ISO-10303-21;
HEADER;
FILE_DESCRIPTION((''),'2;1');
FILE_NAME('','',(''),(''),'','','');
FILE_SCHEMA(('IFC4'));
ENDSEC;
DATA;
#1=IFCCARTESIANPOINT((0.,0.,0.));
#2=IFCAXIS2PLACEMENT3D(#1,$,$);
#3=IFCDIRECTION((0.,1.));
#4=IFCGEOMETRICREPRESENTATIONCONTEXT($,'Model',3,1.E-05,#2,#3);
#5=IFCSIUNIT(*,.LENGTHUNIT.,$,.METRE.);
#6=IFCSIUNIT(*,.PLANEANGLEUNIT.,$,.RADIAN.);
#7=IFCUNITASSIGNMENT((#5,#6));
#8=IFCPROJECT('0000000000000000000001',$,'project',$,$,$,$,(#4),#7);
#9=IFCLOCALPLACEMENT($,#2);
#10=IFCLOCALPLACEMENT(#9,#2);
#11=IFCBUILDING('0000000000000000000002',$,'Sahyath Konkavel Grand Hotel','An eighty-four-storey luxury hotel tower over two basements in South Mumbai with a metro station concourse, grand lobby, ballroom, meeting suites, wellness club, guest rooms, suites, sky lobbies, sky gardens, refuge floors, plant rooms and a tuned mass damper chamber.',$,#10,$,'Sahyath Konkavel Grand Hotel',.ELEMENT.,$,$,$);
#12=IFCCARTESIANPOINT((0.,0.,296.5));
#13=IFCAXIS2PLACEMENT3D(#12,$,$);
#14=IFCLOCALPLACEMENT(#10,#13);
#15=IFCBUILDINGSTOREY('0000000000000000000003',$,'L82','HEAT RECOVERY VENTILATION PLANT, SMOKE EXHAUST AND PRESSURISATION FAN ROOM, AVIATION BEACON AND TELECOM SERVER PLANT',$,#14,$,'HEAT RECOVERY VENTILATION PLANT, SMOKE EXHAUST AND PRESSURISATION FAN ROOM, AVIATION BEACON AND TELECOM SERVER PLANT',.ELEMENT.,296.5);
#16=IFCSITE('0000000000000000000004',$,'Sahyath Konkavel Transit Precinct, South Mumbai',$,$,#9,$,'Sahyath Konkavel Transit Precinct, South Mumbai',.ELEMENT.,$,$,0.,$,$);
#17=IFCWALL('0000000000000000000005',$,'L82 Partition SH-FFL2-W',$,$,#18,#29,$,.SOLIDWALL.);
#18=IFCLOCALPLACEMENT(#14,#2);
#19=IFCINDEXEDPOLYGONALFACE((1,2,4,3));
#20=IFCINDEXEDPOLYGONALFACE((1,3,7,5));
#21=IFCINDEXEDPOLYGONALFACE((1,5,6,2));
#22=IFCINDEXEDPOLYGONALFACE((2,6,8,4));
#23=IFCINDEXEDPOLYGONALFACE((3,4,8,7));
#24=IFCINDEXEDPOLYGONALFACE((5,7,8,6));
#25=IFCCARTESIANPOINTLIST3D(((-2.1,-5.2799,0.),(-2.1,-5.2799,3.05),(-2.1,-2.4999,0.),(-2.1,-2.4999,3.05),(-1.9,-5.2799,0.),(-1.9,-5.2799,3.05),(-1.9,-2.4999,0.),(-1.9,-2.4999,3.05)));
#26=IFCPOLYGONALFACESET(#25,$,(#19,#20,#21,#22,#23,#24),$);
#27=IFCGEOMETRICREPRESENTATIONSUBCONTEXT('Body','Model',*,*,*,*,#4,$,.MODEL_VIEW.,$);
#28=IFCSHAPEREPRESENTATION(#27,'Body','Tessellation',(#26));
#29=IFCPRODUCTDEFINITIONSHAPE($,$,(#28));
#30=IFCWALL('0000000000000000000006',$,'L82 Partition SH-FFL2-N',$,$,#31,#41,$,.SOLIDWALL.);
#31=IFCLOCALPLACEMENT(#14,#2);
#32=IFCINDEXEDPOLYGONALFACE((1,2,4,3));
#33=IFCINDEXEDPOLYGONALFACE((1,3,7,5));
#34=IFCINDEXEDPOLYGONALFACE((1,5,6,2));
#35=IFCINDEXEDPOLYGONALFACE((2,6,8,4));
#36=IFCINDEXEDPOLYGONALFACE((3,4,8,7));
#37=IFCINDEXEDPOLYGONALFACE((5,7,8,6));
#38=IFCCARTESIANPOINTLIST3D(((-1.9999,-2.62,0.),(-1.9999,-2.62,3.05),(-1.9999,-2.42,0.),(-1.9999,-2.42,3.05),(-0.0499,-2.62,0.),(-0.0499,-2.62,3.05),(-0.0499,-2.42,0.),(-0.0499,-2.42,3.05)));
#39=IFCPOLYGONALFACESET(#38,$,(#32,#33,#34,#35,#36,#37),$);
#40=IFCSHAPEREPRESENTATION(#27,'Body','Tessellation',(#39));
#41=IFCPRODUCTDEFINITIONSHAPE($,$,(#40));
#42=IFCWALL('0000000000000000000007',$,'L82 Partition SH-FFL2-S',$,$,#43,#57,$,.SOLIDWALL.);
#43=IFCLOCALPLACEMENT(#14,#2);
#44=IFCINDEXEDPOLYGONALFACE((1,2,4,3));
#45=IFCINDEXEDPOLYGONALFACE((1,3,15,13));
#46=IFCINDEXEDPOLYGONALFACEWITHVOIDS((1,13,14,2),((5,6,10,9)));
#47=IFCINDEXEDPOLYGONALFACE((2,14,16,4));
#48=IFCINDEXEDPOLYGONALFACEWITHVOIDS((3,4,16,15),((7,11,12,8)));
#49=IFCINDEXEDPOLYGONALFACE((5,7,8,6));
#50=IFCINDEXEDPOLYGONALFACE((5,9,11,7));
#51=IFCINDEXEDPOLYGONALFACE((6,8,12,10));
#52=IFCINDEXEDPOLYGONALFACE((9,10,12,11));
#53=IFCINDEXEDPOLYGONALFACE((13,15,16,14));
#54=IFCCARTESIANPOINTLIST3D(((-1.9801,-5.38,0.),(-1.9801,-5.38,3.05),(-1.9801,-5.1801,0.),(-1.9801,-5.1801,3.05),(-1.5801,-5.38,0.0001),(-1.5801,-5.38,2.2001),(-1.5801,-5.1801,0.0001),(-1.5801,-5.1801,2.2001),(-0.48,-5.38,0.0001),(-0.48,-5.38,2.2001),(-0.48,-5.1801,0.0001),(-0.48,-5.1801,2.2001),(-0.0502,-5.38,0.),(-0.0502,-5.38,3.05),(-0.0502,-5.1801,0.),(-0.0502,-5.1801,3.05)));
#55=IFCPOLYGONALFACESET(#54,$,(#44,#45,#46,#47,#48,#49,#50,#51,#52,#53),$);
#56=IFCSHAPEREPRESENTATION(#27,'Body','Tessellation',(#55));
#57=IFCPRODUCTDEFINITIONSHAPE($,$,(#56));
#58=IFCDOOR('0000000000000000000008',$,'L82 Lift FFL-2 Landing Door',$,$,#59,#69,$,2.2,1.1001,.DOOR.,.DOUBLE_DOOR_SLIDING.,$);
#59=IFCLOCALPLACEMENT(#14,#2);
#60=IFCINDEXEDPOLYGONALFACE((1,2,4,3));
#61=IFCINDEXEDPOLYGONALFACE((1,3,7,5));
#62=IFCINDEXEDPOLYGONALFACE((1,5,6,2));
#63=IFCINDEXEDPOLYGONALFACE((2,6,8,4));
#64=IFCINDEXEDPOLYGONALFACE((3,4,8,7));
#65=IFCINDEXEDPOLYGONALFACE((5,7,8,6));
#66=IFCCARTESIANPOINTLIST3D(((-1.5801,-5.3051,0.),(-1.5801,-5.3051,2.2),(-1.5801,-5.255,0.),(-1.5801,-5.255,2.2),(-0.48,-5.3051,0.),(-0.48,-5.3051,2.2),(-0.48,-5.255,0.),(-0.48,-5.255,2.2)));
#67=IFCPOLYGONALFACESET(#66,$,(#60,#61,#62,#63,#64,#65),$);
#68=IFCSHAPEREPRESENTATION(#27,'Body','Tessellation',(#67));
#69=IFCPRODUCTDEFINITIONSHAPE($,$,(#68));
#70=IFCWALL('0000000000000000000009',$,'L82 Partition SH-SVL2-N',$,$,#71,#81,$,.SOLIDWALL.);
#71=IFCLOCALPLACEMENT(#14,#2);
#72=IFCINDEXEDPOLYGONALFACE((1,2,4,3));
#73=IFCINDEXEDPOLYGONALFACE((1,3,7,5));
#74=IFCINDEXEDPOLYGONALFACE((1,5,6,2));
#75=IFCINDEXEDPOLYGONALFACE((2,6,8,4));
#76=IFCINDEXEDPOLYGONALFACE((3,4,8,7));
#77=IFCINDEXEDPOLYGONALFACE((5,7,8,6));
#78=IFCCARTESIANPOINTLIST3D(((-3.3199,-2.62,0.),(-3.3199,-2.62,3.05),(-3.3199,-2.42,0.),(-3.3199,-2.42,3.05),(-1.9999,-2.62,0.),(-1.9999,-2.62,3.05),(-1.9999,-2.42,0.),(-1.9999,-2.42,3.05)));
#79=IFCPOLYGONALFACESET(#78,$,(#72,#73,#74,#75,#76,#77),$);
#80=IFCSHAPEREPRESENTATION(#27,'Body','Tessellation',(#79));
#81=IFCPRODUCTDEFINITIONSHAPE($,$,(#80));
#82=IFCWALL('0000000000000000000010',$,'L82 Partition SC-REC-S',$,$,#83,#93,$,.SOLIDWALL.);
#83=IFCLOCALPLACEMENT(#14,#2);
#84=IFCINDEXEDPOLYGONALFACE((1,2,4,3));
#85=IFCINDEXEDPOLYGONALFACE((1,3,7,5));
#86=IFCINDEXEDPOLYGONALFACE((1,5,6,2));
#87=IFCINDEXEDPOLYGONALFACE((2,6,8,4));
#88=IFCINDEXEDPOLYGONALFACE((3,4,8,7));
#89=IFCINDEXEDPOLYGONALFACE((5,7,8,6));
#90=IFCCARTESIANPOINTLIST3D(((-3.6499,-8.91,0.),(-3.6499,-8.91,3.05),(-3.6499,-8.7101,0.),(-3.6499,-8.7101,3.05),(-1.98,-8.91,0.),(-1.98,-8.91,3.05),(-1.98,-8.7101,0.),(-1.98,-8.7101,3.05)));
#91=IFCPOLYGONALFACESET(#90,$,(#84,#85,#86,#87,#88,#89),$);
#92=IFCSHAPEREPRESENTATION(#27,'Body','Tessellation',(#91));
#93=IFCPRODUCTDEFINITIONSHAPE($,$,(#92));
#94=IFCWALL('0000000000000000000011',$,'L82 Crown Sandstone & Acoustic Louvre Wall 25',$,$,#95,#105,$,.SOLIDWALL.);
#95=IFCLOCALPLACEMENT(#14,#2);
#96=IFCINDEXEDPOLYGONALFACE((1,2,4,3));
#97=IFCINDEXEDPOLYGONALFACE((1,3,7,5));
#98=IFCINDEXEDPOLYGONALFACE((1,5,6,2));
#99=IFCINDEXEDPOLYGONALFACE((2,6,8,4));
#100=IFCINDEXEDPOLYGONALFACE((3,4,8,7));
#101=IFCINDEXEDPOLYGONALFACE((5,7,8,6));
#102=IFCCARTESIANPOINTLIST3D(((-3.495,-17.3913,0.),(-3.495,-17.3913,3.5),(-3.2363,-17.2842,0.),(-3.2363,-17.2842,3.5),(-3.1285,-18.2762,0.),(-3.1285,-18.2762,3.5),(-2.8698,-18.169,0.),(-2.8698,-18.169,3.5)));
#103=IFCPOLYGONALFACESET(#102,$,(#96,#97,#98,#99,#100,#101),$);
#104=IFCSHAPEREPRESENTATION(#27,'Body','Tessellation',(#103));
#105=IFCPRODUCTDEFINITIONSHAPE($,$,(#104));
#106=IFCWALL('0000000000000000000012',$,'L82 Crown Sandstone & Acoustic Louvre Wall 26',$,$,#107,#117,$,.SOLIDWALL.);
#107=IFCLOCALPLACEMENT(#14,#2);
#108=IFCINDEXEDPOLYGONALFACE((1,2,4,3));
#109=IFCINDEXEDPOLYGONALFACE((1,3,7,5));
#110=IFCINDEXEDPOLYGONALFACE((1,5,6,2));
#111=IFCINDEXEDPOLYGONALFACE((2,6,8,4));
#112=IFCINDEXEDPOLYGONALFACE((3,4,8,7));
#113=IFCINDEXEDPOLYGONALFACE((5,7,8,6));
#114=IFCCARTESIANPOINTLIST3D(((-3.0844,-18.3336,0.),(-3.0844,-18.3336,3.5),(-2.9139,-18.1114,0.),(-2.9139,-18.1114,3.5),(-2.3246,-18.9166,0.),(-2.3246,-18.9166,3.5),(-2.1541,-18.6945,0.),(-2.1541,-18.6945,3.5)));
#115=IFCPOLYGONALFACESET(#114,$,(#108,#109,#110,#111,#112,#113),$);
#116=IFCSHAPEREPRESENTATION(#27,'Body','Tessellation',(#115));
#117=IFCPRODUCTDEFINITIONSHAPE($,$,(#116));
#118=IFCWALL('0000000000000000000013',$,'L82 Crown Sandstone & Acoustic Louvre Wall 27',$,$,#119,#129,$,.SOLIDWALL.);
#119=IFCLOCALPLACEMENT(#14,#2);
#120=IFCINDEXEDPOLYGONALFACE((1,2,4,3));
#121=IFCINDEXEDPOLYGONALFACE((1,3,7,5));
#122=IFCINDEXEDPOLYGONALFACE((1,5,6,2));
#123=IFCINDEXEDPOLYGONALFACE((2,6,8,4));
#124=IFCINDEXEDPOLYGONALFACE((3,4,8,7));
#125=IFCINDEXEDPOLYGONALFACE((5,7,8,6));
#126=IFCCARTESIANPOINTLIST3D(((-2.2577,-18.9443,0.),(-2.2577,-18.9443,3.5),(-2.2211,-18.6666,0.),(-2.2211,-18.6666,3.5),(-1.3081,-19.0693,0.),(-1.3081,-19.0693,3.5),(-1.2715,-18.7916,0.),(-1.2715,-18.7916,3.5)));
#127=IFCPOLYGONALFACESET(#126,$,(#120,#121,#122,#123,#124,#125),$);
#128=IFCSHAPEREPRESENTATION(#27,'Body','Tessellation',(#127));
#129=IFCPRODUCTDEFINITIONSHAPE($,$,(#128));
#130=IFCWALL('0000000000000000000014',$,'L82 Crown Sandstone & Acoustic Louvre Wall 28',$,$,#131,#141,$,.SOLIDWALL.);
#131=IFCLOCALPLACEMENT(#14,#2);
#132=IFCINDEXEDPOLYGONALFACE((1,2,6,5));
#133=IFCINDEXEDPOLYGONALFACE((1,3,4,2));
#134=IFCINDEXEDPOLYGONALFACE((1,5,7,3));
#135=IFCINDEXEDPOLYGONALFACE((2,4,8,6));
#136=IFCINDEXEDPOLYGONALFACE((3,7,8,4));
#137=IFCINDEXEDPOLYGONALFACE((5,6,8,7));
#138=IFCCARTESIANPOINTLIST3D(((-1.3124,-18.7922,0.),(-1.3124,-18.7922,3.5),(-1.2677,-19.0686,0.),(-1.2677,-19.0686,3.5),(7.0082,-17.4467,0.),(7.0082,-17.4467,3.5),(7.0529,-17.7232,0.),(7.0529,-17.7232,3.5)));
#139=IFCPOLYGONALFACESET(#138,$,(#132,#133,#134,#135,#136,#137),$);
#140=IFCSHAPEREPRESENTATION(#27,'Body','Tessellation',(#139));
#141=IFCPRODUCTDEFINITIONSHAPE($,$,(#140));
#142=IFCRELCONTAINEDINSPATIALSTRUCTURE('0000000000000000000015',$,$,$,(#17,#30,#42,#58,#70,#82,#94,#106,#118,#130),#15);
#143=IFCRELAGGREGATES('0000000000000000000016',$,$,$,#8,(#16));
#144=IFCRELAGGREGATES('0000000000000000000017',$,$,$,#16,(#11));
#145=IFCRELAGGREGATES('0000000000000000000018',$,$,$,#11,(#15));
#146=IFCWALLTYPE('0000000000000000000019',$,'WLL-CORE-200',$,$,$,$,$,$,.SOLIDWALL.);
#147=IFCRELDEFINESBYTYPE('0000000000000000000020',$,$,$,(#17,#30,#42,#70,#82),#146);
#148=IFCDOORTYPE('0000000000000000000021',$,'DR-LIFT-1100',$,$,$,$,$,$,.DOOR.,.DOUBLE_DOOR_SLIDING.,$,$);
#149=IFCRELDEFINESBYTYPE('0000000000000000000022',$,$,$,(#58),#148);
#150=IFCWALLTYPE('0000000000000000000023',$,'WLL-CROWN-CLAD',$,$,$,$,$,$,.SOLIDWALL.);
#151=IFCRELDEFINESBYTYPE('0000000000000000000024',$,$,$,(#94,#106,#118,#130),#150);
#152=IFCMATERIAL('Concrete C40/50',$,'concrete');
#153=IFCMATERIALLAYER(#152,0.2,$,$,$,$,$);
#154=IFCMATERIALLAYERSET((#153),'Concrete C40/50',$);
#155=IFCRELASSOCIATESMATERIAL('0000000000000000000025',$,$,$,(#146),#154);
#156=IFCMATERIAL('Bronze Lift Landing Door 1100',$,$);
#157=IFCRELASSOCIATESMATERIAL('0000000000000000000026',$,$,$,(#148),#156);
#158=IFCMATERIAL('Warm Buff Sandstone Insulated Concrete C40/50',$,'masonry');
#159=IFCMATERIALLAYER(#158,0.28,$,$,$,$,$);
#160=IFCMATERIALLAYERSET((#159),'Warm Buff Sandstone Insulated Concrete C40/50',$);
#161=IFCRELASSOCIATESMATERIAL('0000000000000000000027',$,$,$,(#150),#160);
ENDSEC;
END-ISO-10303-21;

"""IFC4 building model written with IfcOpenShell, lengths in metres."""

from ifc_helpers import new_model, si_unit, direction, frame, frame_2d, origin, origin_2d, place, context, subcontext, project, spatial, rectangle, extrude, source, transform, mapped, material, layer, layer_set, type_object, element, fill, save


model = new_model("IFC4")

# Units and contexts
model_context = context("Model", 3, precision=1e-05, world=origin(), true_north=direction((0.0, 1.0)))
body_context = subcontext(model_context, "Body", "Model", "MODEL_VIEW")
ifc_project = project(units=[si_unit("LENGTHUNIT", "METRE"), si_unit("PLANEANGLEUNIT", "RADIAN")], contexts=[model_context])

# Site, building, storey
site_placement = place(None, origin())
site = spatial("IfcSite", under=ifc_project, at=site_placement, Name="Sahyath Konkavel Transit Precinct, South Mumbai", LongName="Sahyath Konkavel Transit Precinct, South Mumbai", CompositionType="ELEMENT", RefElevation=0.0)
building_placement = place(site_placement, origin())
building = spatial("IfcBuilding", under=site, at=building_placement, Name="Sahyath Konkavel Grand Hotel", Description="An eighty-four-storey luxury hotel tower over two basements in South Mumbai with a metro station concourse, grand lobby, ballroom, meeting suites, wellness club, guest rooms, suites, sky lobbies, sky gardens, refuge floors, plant rooms and a tuned mass damper chamber.", LongName="Sahyath Konkavel Grand Hotel", CompositionType="ELEMENT")
storey_placement = place(building_placement, frame((0.0, 0.0, 296.5)))
storey = spatial("IfcBuildingStorey", under=building, at=storey_placement, Name="L82", Description="HEAT RECOVERY VENTILATION PLANT, SMOKE EXHAUST AND PRESSURISATION FAN ROOM, AVIATION BEACON AND TELECOM SERVER PLANT", LongName="HEAT RECOVERY VENTILATION PLANT, SMOKE EXHAUST AND PRESSURISATION FAN ROOM, AVIATION BEACON AND TELECOM SERVER PLANT", CompositionType="ELEMENT", Elevation=296.5)

# Shared definitions
ifc_material_1 = material(Name="Concrete C40/50", Category="concrete")

# Shared definitions
ifc_layer_1 = layer(ifc_material_1, 0.2)
ifc_layer_set_1 = layer_set([ifc_layer_1], Name="Concrete C40/50")
wall_type_1 = type_object("IfcWallType", Name="WLL-CORE-200", PredefinedType="SOLIDWALL", material=ifc_layer_set_1)

# Walls
wall_1_placement = place(storey_placement, frame((-2.0, -5.28, 0.0), z_axis=(0.0, 0.0, 1.0), x_axis=(0.0, 1.0, 0.0)))
element("IfcWall", 1, at=wall_1_placement, inside=storey, type_object=wall_type_1, Name="L82 Partition SH-FFL2-W", PredefinedType="SOLIDWALL", context=body_context, shape_type="SweptSolid", body=[
    extrude(rectangle(XDim=2.78, YDim=0.2, at=frame_2d((1.3901, 0.0))), origin(), (0.0, 0.0, 1.0), 3.05),
])
wall_2_placement = place(storey_placement, frame((-2.0, -2.52, 0.0), z_axis=(0.0, 0.0, 1.0), x_axis=(1.0, 0.0, 0.0)))
element("IfcWall", 2, at=wall_2_placement, inside=storey, type_object=wall_type_1, Name="L82 Partition SH-FFL2-N", PredefinedType="SOLIDWALL", context=body_context, shape_type="SweptSolid", body=[
    extrude(rectangle(XDim=1.95, YDim=0.2, at=frame_2d((0.9751, 0.0))), origin(), (0.0, 0.0, 1.0), 3.05),
])

# Wall, opening, door
wall_3_placement = place(storey_placement, frame((-1.98, -5.28, 0.0), z_axis=(0.0, 0.0, 1.0), x_axis=(1.0, 0.0, 0.0)))
wall_3 = element("IfcWall", 3, at=wall_3_placement, inside=storey, type_object=wall_type_1, Name="L82 Partition SH-FFL2-S", PredefinedType="SOLIDWALL", context=body_context, shape_type="SweptSolid", body=[
    extrude(rectangle(XDim=1.9299, YDim=0.2, at=frame_2d((0.9648, 0.0))), origin(), (0.0, 0.0, 1.0), 3.05),
])
opening_1_placement = place(wall_3_placement, frame((0.3999, 0.0, 0.0)))
opening_1 = element("IfcOpeningElement", 4, at=opening_1_placement, cuts=wall_3, PredefinedType="OPENING", context=body_context, shape_type="SweptSolid", body=[
    extrude(rectangle(XDim=1.1001, YDim=2.2, at=frame_2d((0.55, 1.1001))), frame((0.0, 0.1099, 0.0), z_axis=(0.0, -1.0, 0.0), x_axis=(1.0, 0.0, 0.0)), (0.0, 0.0, 1.0), 0.22),
])
ifc_material_2 = material(Name="Bronze Lift Landing Door 1100")
door_type_1 = type_object("IfcDoorType", Name="DR-LIFT-1100", OperationType="DOUBLE_DOOR_SLIDING", PredefinedType="DOOR", material=ifc_material_2)
shared_shape_1 = source(origin(), body_context, "Body", "SweptSolid", [
    extrude(rectangle(XDim=1.1001, YDim=0.05, at=origin_2d()), origin(), (0.0, 0.0, 1.0), 2.2),
])
door_1_placement = place(opening_1_placement, frame((0.55, 0.0, 0.0)))
door_1 = element("IfcDoor", 5, at=door_1_placement, inside=storey, type_object=door_type_1, Name="L82 Lift FFL-2 Landing Door", OperationType="DOUBLE_DOOR_SLIDING", OverallHeight=2.2, OverallWidth=1.1001, PredefinedType="DOOR", context=body_context, shape_type="MappedRepresentation", body=[
    mapped(shared_shape_1, transform((0.0, 0.0, 0.0), scale=1.0)),
])
fill(opening_1, door_1)

# Wall
wall_4_placement = place(storey_placement, frame((-3.3201, -2.52, 0.0), z_axis=(0.0, 0.0, 1.0), x_axis=(1.0, 0.0, 0.0)))
element("IfcWall", 6, at=wall_4_placement, inside=storey, type_object=wall_type_1, Name="L82 Partition SH-SVL2-N", PredefinedType="SOLIDWALL", context=body_context, shape_type="SweptSolid", body=[
    extrude(rectangle(XDim=1.3201, YDim=0.2, at=frame_2d((0.6602, 0.0))), origin(), (0.0, 0.0, 1.0), 3.05),
])

# Walls
wall_5_placement = place(storey_placement, frame((-3.6499, -8.8101, 0.0), z_axis=(0.0, 0.0, 1.0), x_axis=(1.0, 0.0, 0.0)))
element("IfcWall", 7, at=wall_5_placement, inside=storey, type_object=wall_type_1, Name="L82 Partition SC-REC-S", PredefinedType="SOLIDWALL", context=body_context, shape_type="SweptSolid", body=[
    extrude(rectangle(XDim=1.6699, YDim=0.2, at=frame_2d((0.835, 0.0))), origin(), (0.0, 0.0, 1.0), 3.05),
])
ifc_material_3 = material(Name="Warm Buff Sandstone Insulated Concrete C40/50", Category="masonry")
ifc_layer_2 = layer(ifc_material_3, 0.28)
ifc_layer_set_2 = layer_set([ifc_layer_2], Name="Warm Buff Sandstone Insulated Concrete C40/50")
wall_type_2 = type_object("IfcWallType", Name="WLL-CROWN-CLAD", PredefinedType="SOLIDWALL", material=ifc_layer_set_2)
for number, where, z_axis, x_axis, name in (
    (8, (-3.3657, -17.3376, 0.0), (0.0, 0.0, 1.0), (0.38266, -0.923889, 0.0), "L82 Crown Sandstone & Acoustic Louvre Wall 25"),
    (9, (-2.9993, -18.2224, 0.0), (0.0, 0.0, 1.0), (0.793344, -0.608774, 0.0), "L82 Crown Sandstone & Acoustic Louvre Wall 26"),
    (10, (-2.2395, -18.8054, 0.0), (0.0, 0.0, 1.0), (0.991445, -0.130527, 0.0), "L82 Crown Sandstone & Acoustic Louvre Wall 27"),
):
    element("IfcWall", number, at=place(storey_placement, frame(where, z_axis=z_axis, x_axis=x_axis)), inside=storey, type_object=wall_type_2, Name=name, PredefinedType="SOLIDWALL", context=body_context, shape_type="SweptSolid", body=[
        extrude(rectangle(XDim=0.9578, YDim=0.28, at=frame_2d((0.479, 0.0))), origin(), (0.0, 0.0, 1.0), 3.5),
    ])
wall_6_placement = place(storey_placement, frame((-1.29, -18.9304, 0.0), z_axis=(0.0, 0.0, 1.0), x_axis=(0.987177, 0.159629, 0.0)))
element("IfcWall", 11, at=wall_6_placement, inside=storey, type_object=wall_type_2, Name="L82 Crown Sandstone & Acoustic Louvre Wall 28", PredefinedType="SOLIDWALL", context=body_context, shape_type="SweptSolid", body=[
    extrude(rectangle(XDim=8.4287, YDim=0.28, at=frame_2d((4.2144, 0.0))), origin(), (0.0, 0.0, 1.0), 3.5),
])

save(model, "model.ifc")
